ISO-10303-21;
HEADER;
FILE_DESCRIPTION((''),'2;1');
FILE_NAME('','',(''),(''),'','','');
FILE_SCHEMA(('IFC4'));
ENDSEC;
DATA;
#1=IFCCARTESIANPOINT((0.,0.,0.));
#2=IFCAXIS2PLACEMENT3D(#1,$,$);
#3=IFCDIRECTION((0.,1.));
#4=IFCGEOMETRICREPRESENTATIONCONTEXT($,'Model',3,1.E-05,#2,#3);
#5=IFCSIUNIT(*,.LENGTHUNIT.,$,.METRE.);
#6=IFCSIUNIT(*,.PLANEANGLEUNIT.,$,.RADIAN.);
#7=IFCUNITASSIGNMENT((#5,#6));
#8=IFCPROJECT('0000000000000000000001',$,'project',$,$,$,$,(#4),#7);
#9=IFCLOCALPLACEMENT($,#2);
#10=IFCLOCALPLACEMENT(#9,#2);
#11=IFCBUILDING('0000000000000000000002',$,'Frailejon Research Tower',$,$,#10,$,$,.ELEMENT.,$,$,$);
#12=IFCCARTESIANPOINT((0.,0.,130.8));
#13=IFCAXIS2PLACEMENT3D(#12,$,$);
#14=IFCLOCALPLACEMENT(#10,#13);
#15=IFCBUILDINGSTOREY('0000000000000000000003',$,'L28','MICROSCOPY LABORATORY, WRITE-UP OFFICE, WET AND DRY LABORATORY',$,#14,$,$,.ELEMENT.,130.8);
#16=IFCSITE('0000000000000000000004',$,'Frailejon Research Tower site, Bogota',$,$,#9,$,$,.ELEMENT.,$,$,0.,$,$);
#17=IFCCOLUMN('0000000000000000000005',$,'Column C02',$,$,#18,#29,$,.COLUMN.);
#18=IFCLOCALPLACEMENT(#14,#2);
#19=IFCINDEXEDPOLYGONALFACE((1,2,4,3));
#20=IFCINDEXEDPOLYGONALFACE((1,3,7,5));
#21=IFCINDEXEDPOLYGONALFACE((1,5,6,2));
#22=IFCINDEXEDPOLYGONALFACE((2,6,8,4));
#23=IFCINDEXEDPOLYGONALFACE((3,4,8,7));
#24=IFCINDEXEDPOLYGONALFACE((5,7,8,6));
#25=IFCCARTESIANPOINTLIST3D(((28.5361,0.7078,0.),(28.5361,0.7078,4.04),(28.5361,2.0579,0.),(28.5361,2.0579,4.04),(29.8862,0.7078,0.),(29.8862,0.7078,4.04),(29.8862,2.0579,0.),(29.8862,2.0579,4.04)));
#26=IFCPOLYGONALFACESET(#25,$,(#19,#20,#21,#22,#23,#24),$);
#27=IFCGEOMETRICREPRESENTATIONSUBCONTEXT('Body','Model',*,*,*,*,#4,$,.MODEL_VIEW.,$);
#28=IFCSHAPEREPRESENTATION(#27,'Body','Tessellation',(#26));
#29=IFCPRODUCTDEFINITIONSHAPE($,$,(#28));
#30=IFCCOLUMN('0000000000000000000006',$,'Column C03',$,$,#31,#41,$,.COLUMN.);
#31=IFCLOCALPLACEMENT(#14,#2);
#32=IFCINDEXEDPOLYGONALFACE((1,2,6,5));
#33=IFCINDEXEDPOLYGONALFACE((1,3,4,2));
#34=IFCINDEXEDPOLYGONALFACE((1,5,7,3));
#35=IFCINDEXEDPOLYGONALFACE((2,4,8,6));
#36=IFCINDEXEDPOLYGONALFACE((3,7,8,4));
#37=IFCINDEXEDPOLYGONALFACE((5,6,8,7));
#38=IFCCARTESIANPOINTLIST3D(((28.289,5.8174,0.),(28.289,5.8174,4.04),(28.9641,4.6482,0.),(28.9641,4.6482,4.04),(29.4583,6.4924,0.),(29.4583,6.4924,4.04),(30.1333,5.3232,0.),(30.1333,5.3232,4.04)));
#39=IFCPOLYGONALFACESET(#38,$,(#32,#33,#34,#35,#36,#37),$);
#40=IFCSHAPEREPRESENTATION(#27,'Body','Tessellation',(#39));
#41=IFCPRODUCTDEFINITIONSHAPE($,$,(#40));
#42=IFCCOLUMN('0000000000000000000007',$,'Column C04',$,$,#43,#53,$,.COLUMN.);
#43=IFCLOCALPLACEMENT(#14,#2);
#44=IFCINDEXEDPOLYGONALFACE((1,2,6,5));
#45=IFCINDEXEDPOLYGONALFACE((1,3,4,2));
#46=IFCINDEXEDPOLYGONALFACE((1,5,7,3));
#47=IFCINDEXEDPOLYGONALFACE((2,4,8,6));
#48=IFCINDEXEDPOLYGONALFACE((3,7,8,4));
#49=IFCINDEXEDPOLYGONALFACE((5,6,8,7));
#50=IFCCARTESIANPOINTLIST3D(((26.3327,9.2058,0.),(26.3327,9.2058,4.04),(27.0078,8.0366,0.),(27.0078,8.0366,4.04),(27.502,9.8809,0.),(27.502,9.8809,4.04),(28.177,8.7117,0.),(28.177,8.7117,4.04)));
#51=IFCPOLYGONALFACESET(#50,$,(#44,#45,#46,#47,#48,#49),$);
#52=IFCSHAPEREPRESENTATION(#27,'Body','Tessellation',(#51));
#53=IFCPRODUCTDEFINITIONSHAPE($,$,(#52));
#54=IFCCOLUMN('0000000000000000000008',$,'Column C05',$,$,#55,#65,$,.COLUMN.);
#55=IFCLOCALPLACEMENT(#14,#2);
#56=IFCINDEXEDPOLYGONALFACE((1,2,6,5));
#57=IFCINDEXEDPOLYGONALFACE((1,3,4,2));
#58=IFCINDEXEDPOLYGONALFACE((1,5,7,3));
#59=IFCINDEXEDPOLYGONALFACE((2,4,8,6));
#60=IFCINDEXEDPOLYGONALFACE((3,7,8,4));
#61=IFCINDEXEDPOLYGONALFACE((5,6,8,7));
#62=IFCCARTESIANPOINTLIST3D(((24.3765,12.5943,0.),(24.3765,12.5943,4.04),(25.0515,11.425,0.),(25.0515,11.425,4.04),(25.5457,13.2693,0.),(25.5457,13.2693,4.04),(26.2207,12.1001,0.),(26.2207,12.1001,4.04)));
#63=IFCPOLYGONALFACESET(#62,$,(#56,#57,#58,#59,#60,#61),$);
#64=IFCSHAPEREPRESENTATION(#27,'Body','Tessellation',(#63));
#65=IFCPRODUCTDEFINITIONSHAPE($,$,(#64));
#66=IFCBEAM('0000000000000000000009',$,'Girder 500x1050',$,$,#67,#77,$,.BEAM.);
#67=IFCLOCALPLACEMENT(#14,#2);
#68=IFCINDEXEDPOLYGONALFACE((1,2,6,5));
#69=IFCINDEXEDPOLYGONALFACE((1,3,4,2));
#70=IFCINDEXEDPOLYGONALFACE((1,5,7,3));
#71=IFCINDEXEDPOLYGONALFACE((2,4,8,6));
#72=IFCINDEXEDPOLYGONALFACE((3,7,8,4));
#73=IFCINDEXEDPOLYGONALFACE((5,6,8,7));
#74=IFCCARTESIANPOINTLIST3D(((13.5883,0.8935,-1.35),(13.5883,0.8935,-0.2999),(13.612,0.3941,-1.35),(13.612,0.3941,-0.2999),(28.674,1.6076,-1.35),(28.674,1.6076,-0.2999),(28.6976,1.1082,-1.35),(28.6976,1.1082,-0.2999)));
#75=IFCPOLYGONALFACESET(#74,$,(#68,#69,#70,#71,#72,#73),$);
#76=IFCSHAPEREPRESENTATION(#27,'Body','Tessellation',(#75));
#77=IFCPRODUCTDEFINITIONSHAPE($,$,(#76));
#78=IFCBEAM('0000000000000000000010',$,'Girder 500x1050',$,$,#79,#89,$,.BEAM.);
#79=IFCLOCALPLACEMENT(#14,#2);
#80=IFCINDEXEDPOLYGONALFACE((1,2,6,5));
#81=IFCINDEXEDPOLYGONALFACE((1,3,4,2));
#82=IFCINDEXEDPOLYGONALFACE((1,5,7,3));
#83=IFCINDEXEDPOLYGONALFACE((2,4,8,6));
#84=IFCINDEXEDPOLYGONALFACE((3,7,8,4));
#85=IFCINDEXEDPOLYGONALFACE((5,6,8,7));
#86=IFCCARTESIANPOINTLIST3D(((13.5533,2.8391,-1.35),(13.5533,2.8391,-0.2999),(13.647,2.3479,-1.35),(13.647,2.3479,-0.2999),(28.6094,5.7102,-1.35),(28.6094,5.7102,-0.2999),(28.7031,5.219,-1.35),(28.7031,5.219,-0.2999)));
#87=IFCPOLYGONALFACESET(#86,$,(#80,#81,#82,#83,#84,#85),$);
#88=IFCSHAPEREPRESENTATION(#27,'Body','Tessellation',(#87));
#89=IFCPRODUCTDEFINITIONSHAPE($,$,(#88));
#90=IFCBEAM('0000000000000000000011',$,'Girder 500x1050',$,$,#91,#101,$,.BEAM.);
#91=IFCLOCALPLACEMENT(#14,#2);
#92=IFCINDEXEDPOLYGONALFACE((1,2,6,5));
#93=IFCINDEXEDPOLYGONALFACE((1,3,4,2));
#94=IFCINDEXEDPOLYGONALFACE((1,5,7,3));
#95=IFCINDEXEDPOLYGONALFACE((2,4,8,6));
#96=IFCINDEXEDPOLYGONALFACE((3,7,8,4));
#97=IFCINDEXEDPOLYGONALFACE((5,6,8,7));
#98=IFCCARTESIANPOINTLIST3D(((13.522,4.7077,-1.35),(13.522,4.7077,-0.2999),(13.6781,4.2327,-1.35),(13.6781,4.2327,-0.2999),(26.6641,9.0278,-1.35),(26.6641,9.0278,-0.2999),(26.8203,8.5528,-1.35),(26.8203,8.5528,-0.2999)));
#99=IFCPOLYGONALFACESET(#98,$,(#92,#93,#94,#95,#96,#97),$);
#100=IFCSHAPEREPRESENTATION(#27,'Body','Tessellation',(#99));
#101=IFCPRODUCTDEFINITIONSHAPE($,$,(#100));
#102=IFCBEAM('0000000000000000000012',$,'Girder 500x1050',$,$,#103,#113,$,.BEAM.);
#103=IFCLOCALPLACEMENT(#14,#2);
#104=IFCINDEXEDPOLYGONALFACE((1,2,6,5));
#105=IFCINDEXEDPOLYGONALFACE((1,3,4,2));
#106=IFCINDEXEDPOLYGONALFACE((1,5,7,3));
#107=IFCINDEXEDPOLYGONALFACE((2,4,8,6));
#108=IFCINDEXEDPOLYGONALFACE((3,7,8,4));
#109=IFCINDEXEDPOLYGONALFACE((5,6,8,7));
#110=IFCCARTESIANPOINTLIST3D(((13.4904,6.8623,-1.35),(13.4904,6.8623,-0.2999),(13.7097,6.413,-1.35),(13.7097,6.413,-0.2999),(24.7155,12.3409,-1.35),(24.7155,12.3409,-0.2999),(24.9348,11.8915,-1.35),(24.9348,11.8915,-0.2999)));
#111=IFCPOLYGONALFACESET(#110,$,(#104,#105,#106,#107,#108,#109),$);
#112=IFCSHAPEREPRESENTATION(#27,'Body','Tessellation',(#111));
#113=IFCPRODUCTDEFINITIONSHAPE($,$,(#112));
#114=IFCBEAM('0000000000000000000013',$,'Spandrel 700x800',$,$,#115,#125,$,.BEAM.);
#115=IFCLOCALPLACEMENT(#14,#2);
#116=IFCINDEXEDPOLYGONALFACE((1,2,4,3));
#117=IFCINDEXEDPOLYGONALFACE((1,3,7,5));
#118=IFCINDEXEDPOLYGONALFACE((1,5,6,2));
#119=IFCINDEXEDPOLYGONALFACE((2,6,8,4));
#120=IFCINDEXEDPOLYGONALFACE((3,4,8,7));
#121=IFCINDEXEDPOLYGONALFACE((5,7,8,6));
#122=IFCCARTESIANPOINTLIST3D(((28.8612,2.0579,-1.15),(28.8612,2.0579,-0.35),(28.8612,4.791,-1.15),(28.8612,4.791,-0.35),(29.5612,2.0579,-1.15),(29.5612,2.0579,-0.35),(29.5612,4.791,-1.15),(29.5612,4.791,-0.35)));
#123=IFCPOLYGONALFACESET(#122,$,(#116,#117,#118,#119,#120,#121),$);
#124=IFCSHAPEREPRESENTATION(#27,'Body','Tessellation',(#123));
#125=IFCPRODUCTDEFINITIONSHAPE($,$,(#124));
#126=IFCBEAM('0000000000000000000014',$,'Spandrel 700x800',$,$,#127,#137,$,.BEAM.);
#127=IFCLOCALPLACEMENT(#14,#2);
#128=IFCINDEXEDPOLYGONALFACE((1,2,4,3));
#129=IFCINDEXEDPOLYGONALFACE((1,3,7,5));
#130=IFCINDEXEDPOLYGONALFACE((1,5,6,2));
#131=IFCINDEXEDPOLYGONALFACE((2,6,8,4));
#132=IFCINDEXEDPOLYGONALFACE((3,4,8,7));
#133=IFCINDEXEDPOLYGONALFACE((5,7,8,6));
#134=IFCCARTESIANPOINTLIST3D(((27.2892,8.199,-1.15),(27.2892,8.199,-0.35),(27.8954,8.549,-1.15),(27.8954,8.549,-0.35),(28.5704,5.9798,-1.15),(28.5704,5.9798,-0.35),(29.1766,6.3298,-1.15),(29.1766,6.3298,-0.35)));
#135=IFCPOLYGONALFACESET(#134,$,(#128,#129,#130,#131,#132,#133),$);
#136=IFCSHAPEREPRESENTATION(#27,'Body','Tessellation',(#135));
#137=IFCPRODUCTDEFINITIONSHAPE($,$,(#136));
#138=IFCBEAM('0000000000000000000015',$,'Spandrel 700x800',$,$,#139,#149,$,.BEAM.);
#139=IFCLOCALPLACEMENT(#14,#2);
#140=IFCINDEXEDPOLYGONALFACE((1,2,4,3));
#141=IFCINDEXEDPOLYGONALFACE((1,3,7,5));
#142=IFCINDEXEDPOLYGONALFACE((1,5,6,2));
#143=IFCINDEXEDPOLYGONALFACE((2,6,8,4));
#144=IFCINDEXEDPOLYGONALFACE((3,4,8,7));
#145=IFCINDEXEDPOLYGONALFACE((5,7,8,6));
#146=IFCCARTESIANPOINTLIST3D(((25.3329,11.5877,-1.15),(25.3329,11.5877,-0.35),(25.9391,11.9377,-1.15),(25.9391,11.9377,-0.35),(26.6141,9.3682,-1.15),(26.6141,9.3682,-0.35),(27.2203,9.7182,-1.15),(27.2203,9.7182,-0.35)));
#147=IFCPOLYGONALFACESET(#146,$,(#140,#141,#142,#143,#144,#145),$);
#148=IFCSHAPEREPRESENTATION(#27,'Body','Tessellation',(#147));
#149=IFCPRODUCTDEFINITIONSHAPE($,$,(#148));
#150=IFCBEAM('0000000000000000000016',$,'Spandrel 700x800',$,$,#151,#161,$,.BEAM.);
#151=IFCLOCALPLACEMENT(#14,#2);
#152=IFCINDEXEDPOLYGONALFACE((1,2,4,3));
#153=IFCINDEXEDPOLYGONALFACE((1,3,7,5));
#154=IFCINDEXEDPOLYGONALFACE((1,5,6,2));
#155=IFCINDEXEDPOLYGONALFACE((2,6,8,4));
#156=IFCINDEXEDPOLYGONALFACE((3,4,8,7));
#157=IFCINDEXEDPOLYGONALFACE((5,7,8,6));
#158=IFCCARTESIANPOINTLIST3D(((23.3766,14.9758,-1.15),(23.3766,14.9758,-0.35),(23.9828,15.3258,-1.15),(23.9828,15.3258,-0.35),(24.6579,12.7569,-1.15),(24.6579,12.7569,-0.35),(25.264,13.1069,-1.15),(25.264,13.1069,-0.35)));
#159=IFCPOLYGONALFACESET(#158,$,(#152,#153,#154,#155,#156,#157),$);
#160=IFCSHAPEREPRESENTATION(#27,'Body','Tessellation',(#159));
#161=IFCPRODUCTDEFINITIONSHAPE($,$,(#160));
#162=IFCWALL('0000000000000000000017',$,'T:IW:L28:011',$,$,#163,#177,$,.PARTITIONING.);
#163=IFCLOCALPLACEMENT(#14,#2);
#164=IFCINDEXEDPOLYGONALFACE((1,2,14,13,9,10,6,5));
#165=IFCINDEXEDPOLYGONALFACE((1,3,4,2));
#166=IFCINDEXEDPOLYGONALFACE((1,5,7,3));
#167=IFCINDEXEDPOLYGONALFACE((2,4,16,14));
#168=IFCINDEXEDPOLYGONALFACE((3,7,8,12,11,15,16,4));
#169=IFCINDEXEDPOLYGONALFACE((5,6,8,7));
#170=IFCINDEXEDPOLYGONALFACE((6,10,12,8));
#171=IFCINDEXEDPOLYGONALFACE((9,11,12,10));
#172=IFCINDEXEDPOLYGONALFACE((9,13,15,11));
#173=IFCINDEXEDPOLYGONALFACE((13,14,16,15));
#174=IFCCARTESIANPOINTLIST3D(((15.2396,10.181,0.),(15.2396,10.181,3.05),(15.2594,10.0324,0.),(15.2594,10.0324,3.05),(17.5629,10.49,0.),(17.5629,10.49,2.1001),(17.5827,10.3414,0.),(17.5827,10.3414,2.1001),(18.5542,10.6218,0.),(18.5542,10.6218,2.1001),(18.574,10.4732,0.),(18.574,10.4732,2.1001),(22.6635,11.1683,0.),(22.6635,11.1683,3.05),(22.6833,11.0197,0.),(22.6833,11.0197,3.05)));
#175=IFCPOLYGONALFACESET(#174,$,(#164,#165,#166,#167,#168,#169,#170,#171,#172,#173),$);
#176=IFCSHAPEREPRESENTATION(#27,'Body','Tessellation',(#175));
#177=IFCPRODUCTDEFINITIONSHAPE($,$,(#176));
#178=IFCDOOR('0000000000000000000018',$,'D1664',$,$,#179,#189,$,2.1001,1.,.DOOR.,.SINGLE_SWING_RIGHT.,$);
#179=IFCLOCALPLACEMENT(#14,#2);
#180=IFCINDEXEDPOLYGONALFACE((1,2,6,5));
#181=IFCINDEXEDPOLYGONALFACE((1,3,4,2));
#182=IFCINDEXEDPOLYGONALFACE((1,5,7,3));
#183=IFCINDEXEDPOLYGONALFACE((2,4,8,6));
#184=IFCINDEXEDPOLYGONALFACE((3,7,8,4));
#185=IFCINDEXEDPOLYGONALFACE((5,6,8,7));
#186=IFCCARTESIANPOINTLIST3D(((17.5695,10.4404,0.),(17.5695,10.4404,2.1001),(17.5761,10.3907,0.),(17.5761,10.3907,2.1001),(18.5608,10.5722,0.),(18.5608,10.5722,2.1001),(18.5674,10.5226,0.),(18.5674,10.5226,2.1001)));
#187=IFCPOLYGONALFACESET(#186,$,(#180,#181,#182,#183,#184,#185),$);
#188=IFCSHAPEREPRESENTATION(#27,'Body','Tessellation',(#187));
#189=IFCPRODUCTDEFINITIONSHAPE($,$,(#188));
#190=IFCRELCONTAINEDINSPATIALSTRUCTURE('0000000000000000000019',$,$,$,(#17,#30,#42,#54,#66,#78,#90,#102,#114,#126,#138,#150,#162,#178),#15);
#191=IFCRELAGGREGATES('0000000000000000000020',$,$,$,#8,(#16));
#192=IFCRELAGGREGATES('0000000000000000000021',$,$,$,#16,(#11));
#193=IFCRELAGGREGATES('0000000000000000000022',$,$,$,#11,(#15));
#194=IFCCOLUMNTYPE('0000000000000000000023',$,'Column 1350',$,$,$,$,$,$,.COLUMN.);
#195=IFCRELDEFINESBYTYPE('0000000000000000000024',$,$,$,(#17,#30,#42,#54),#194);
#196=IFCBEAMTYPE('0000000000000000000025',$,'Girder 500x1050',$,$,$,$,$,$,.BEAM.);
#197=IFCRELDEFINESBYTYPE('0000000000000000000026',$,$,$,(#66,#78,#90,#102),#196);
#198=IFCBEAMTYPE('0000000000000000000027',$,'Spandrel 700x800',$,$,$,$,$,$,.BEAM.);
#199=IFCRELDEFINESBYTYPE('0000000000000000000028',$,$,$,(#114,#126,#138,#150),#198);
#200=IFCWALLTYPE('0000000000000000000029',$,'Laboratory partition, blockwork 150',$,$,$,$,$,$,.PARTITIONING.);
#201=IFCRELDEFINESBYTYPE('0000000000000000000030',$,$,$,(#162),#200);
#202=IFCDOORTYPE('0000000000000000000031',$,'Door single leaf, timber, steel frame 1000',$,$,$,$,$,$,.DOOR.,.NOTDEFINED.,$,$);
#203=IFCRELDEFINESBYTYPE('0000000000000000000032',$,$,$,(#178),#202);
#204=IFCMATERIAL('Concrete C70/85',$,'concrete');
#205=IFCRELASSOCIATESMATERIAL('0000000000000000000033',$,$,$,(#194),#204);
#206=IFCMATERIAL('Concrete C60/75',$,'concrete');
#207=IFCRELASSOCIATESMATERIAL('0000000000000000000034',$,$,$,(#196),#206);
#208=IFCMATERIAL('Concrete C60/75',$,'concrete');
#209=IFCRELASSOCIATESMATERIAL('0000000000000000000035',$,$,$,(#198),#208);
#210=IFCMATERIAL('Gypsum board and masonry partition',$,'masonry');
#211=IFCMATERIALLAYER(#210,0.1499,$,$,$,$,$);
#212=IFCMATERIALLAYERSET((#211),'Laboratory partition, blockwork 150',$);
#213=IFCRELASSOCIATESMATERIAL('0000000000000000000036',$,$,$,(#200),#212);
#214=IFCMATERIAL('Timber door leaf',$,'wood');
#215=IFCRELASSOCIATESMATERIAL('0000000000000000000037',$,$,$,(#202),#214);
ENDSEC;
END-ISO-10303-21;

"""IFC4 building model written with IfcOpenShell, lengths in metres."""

from ifc_helpers import new_model, si_unit, direction, frame, frame_2d, origin, origin_2d, place, context, subcontext, project, spatial, rectangle, extrude, material, layer, layer_set, material_profile, profile_set, type_object, element, fill, save


model = new_model("IFC4")

# Units and contexts
model_context = context("Model", 3, precision=1e-05, world=origin(), true_north=direction((0.0, 1.0)))
body_context = subcontext(model_context, "Body", "Model", "MODEL_VIEW")
ifc_project = project(units=[si_unit("LENGTHUNIT", "METRE"), si_unit("PLANEANGLEUNIT", "RADIAN")], contexts=[model_context])

# Site, building, storey
site_placement = place(None, origin())
site = spatial("IfcSite", under=ifc_project, at=site_placement, Name="Frailejon Research Tower site, Bogota", CompositionType="ELEMENT", RefElevation=0.0)
building_placement = place(site_placement, origin())
building = spatial("IfcBuilding", under=site, at=building_placement, Name="Frailejon Research Tower", CompositionType="ELEMENT")
storey_placement = place(building_placement, frame((0.0, 0.0, 130.8)))
storey = spatial("IfcBuildingStorey", under=building, at=storey_placement, Name="L28", Description="MICROSCOPY LABORATORY, WRITE-UP OFFICE, WET AND DRY LABORATORY", CompositionType="ELEMENT", Elevation=130.8)

# Columns
ifc_material_1 = material(Name="Concrete C70/85", Category="concrete")
ifc_material_profile_1 = material_profile(ifc_material_1, rectangle(XDim=1.3501, YDim=1.3501, at=origin_2d()), Name="Column 1350")
ifc_profile_set_1 = profile_set([ifc_material_profile_1], Name="Concrete C70/85")
column_type = type_object("IfcColumnType", Name="Column 1350", PredefinedType="COLUMN", material=ifc_profile_set_1)
for number, where, z_axis, x_axis, name in (
    (1, (29.2112, 1.3828, 0.0), (0.0, 0.0, 1.0), (0.0, 1.0, 0.0), "Column C02"),
    (2, (29.2112, 5.5703, 0.0), (0.0, 0.0, 1.0), (-0.5, 0.866025, 0.0), "Column C03"),
    (3, (27.2549, 8.9587, 0.0), (0.0, 0.0, 1.0), (-0.5, 0.866025, 0.0), "Column C04"),
    (4, (25.2986, 12.3472, 0.0), (0.0, 0.0, 1.0), (-0.5, 0.866025, 0.0), "Column C05"),
):
    element("IfcColumn", number, at=place(storey_placement, frame(where, z_axis=z_axis, x_axis=x_axis)), inside=storey, type_object=column_type, Name=name, PredefinedType="COLUMN", context=body_context, shape_type="SweptSolid", body=[
        extrude(rectangle(XDim=1.3501, YDim=1.3501, at=origin_2d()), origin(), (0.0, 0.0, 1.0), 4.04),
    ])

# Beams
ifc_material_2 = material(Name="Concrete C60/75", Category="concrete")
ifc_material_profile_2 = material_profile(ifc_material_2, rectangle(XDim=0.5, YDim=1.05, at=origin_2d()), Name="Girder 500x1050")
ifc_profile_set_2 = profile_set([ifc_material_profile_2], Name="Concrete C60/75")
beam_type_1 = type_object("IfcBeamType", Name="Girder 500x1050", PredefinedType="BEAM", material=ifc_profile_set_2)
beam_1_placement = place(storey_placement, frame((28.6858, 1.3579, -0.825), z_axis=(-0.998881, -0.047284, 0.0), x_axis=(0.047284, -0.998881, 0.0)))
element("IfcBeam", 5, at=beam_1_placement, inside=storey, type_object=beam_type_1, Name="Girder 500x1050", PredefinedType="BEAM", context=body_context, shape_type="SweptSolid", body=[
    extrude(rectangle(XDim=0.5, YDim=1.05, at=origin_2d()), origin(), (0.0, 0.0, 1.0), 15.1025),
])
beam_2_placement = place(storey_placement, frame((28.6562, 5.4646, -0.825), z_axis=(-0.9823, -0.187317, 0.0), x_axis=(0.187317, -0.9823, 0.0)))
element("IfcBeam", 6, at=beam_2_placement, inside=storey, type_object=beam_type_1, Name="Girder 500x1050", PredefinedType="BEAM", context=body_context, shape_type="SweptSolid", body=[
    extrude(rectangle(XDim=0.5, YDim=1.05, at=origin_2d()), origin(), (0.0, 0.0, 1.0), 15.3274),
])
beam_3_placement = place(storey_placement, frame((26.7422, 8.7903, -0.825), z_axis=(-0.94999, -0.312281, 0.0), x_axis=(0.312281, -0.94999, 0.0)))
element("IfcBeam", 7, at=beam_3_placement, inside=storey, type_object=beam_type_1, Name="Girder 500x1050", PredefinedType="BEAM", context=body_context, shape_type="SweptSolid", body=[
    extrude(rectangle(XDim=0.5, YDim=1.05, at=origin_2d()), origin(), (0.0, 0.0, 1.0), 13.834),
])
beam_4_placement = place(storey_placement, frame((24.8252, 12.1162, -0.825), z_axis=(-0.898678, -0.438608, 0.0), x_axis=(0.438608, -0.898678, 0.0)))
element("IfcBeam", 8, at=beam_4_placement, inside=storey, type_object=beam_type_1, Name="Girder 500x1050", PredefinedType="BEAM", context=body_context, shape_type="SweptSolid", body=[
    extrude(rectangle(XDim=0.5, YDim=1.05, at=origin_2d()), origin(), (0.0, 0.0, 1.0), 12.4907),
])
ifc_material_3 = material(Name="Concrete C60/75", Category="concrete")
ifc_material_profile_3 = material_profile(ifc_material_3, rectangle(XDim=0.7, YDim=0.8, at=origin_2d()), Name="Spandrel 700x800")
ifc_profile_set_3 = profile_set([ifc_material_profile_3], Name="Concrete C60/75")
beam_type_2 = type_object("IfcBeamType", Name="Spandrel 700x800", PredefinedType="BEAM", material=ifc_profile_set_3)
beam_5_placement = place(storey_placement, frame((29.2112, 2.0579, -0.75), z_axis=(0.0, 1.0, 0.0), x_axis=(-1.0, 0.0, 0.0)))
element("IfcBeam", 9, at=beam_5_placement, inside=storey, type_object=beam_type_2, Name="Spandrel 700x800", PredefinedType="BEAM", context=body_context, shape_type="SweptSolid", body=[
    extrude(rectangle(XDim=0.7, YDim=0.8, at=origin_2d()), origin(), (0.0, 0.0, 1.0), 2.7332),
])
beam_6_placement = place(storey_placement, frame((28.8735, 6.1548, -0.75), z_axis=(-0.499992, 0.86603, 0.0), x_axis=(-0.86603, -0.499992, 0.0)))
element("IfcBeam", 10, at=beam_6_placement, inside=storey, type_object=beam_type_2, Name="Spandrel 700x800", PredefinedType="BEAM", context=body_context, shape_type="SweptSolid", body=[
    extrude(rectangle(XDim=0.7, YDim=0.8, at=origin_2d()), origin(), (0.0, 0.0, 1.0), 2.5625),
])
beam_7_placement = place(storey_placement, frame((26.9172, 9.5432, -0.75), z_axis=(-0.499951, 0.866054, 0.0), x_axis=(-0.866054, -0.499951, 0.0)))
element("IfcBeam", 11, at=beam_7_placement, inside=storey, type_object=beam_type_2, Name="Spandrel 700x800", PredefinedType="BEAM", context=body_context, shape_type="SweptSolid", body=[
    extrude(rectangle(XDim=0.7, YDim=0.8, at=origin_2d()), origin(), (0.0, 0.0, 1.0), 2.5627),
])
beam_8_placement = place(storey_placement, frame((24.9609, 12.9319, -0.75), z_axis=(-0.500033, 0.866006, 0.0), x_axis=(-0.866006, -0.500033, 0.0)))
element("IfcBeam", 12, at=beam_8_placement, inside=storey, type_object=beam_type_2, Name="Spandrel 700x800", PredefinedType="BEAM", context=body_context, shape_type="SweptSolid", body=[
    extrude(rectangle(XDim=0.7, YDim=0.8, at=origin_2d()), origin(), (0.0, 0.0, 1.0), 2.5623),
])

# Wall, opening, door
ifc_material_4 = material(Name="Gypsum board and masonry partition", Category="masonry")
ifc_layer_1 = layer(ifc_material_4, 0.1499)
ifc_layer_set_1 = layer_set([ifc_layer_1], Name="Laboratory partition, blockwork 150")
wall_type_1 = type_object("IfcWallType", Name="Laboratory partition, blockwork 150", PredefinedType="PARTITIONING", material=ifc_layer_set_1)
wall_1_placement = place(storey_placement, frame((15.2495, 10.1067, 0.0), z_axis=(0.0, 0.0, 1.0), x_axis=(0.991272, 0.131831, 0.0)))
wall_1 = element("IfcWall", 13, at=wall_1_placement, inside=storey, type_object=wall_type_1, Name="T:IW:L28:011", PredefinedType="PARTITIONING", context=body_context, shape_type="SweptSolid", body=[
    extrude(rectangle(XDim=7.4893, YDim=0.1499, at=frame_2d((3.7446, 0.0))), origin(), (0.0, 0.0, 1.0), 3.05),
])
opening_1_placement = place(wall_1_placement, frame((2.3438, 0.0, 0.0)))
opening_1 = element("IfcOpeningElement", 14, at=opening_1_placement, cuts=wall_1, PredefinedType="OPENING", context=body_context, shape_type="SweptSolid", body=[
    extrude(rectangle(XDim=1.0, YDim=2.1001, at=frame_2d((0.5, 1.05))), frame((0.0, 0.085, 0.0), z_axis=(0.0, -1.0, 0.0), x_axis=(1.0, 0.0, 0.0)), (0.0, 0.0, 1.0), 0.1699),
])
ifc_material_5 = material(Name="Timber door leaf", Category="wood")
door_type_1 = type_object("IfcDoorType", Name="Door single leaf, timber, steel frame 1000", OperationType="NOTDEFINED", PredefinedType="DOOR", material=ifc_material_5)
door_1_placement = place(opening_1_placement, origin())
door_1 = element("IfcDoor", 15, at=door_1_placement, inside=storey, type_object=door_type_1, Name="D1664", OperationType="SINGLE_SWING_RIGHT", OverallHeight=2.1001, OverallWidth=1.0, PredefinedType="DOOR", context=body_context, shape_type="SweptSolid", body=[
    extrude(rectangle(XDim=1.0, YDim=2.1001, at=frame_2d((0.5, 1.05))), frame((0.0, 0.0249, 0.0), z_axis=(0.0, -1.0, 0.0), x_axis=(1.0, 0.0, 0.0)), (0.0, 0.0, 1.0), 0.05),
])
fill(opening_1, door_1)

save(model, "model.ifc")
